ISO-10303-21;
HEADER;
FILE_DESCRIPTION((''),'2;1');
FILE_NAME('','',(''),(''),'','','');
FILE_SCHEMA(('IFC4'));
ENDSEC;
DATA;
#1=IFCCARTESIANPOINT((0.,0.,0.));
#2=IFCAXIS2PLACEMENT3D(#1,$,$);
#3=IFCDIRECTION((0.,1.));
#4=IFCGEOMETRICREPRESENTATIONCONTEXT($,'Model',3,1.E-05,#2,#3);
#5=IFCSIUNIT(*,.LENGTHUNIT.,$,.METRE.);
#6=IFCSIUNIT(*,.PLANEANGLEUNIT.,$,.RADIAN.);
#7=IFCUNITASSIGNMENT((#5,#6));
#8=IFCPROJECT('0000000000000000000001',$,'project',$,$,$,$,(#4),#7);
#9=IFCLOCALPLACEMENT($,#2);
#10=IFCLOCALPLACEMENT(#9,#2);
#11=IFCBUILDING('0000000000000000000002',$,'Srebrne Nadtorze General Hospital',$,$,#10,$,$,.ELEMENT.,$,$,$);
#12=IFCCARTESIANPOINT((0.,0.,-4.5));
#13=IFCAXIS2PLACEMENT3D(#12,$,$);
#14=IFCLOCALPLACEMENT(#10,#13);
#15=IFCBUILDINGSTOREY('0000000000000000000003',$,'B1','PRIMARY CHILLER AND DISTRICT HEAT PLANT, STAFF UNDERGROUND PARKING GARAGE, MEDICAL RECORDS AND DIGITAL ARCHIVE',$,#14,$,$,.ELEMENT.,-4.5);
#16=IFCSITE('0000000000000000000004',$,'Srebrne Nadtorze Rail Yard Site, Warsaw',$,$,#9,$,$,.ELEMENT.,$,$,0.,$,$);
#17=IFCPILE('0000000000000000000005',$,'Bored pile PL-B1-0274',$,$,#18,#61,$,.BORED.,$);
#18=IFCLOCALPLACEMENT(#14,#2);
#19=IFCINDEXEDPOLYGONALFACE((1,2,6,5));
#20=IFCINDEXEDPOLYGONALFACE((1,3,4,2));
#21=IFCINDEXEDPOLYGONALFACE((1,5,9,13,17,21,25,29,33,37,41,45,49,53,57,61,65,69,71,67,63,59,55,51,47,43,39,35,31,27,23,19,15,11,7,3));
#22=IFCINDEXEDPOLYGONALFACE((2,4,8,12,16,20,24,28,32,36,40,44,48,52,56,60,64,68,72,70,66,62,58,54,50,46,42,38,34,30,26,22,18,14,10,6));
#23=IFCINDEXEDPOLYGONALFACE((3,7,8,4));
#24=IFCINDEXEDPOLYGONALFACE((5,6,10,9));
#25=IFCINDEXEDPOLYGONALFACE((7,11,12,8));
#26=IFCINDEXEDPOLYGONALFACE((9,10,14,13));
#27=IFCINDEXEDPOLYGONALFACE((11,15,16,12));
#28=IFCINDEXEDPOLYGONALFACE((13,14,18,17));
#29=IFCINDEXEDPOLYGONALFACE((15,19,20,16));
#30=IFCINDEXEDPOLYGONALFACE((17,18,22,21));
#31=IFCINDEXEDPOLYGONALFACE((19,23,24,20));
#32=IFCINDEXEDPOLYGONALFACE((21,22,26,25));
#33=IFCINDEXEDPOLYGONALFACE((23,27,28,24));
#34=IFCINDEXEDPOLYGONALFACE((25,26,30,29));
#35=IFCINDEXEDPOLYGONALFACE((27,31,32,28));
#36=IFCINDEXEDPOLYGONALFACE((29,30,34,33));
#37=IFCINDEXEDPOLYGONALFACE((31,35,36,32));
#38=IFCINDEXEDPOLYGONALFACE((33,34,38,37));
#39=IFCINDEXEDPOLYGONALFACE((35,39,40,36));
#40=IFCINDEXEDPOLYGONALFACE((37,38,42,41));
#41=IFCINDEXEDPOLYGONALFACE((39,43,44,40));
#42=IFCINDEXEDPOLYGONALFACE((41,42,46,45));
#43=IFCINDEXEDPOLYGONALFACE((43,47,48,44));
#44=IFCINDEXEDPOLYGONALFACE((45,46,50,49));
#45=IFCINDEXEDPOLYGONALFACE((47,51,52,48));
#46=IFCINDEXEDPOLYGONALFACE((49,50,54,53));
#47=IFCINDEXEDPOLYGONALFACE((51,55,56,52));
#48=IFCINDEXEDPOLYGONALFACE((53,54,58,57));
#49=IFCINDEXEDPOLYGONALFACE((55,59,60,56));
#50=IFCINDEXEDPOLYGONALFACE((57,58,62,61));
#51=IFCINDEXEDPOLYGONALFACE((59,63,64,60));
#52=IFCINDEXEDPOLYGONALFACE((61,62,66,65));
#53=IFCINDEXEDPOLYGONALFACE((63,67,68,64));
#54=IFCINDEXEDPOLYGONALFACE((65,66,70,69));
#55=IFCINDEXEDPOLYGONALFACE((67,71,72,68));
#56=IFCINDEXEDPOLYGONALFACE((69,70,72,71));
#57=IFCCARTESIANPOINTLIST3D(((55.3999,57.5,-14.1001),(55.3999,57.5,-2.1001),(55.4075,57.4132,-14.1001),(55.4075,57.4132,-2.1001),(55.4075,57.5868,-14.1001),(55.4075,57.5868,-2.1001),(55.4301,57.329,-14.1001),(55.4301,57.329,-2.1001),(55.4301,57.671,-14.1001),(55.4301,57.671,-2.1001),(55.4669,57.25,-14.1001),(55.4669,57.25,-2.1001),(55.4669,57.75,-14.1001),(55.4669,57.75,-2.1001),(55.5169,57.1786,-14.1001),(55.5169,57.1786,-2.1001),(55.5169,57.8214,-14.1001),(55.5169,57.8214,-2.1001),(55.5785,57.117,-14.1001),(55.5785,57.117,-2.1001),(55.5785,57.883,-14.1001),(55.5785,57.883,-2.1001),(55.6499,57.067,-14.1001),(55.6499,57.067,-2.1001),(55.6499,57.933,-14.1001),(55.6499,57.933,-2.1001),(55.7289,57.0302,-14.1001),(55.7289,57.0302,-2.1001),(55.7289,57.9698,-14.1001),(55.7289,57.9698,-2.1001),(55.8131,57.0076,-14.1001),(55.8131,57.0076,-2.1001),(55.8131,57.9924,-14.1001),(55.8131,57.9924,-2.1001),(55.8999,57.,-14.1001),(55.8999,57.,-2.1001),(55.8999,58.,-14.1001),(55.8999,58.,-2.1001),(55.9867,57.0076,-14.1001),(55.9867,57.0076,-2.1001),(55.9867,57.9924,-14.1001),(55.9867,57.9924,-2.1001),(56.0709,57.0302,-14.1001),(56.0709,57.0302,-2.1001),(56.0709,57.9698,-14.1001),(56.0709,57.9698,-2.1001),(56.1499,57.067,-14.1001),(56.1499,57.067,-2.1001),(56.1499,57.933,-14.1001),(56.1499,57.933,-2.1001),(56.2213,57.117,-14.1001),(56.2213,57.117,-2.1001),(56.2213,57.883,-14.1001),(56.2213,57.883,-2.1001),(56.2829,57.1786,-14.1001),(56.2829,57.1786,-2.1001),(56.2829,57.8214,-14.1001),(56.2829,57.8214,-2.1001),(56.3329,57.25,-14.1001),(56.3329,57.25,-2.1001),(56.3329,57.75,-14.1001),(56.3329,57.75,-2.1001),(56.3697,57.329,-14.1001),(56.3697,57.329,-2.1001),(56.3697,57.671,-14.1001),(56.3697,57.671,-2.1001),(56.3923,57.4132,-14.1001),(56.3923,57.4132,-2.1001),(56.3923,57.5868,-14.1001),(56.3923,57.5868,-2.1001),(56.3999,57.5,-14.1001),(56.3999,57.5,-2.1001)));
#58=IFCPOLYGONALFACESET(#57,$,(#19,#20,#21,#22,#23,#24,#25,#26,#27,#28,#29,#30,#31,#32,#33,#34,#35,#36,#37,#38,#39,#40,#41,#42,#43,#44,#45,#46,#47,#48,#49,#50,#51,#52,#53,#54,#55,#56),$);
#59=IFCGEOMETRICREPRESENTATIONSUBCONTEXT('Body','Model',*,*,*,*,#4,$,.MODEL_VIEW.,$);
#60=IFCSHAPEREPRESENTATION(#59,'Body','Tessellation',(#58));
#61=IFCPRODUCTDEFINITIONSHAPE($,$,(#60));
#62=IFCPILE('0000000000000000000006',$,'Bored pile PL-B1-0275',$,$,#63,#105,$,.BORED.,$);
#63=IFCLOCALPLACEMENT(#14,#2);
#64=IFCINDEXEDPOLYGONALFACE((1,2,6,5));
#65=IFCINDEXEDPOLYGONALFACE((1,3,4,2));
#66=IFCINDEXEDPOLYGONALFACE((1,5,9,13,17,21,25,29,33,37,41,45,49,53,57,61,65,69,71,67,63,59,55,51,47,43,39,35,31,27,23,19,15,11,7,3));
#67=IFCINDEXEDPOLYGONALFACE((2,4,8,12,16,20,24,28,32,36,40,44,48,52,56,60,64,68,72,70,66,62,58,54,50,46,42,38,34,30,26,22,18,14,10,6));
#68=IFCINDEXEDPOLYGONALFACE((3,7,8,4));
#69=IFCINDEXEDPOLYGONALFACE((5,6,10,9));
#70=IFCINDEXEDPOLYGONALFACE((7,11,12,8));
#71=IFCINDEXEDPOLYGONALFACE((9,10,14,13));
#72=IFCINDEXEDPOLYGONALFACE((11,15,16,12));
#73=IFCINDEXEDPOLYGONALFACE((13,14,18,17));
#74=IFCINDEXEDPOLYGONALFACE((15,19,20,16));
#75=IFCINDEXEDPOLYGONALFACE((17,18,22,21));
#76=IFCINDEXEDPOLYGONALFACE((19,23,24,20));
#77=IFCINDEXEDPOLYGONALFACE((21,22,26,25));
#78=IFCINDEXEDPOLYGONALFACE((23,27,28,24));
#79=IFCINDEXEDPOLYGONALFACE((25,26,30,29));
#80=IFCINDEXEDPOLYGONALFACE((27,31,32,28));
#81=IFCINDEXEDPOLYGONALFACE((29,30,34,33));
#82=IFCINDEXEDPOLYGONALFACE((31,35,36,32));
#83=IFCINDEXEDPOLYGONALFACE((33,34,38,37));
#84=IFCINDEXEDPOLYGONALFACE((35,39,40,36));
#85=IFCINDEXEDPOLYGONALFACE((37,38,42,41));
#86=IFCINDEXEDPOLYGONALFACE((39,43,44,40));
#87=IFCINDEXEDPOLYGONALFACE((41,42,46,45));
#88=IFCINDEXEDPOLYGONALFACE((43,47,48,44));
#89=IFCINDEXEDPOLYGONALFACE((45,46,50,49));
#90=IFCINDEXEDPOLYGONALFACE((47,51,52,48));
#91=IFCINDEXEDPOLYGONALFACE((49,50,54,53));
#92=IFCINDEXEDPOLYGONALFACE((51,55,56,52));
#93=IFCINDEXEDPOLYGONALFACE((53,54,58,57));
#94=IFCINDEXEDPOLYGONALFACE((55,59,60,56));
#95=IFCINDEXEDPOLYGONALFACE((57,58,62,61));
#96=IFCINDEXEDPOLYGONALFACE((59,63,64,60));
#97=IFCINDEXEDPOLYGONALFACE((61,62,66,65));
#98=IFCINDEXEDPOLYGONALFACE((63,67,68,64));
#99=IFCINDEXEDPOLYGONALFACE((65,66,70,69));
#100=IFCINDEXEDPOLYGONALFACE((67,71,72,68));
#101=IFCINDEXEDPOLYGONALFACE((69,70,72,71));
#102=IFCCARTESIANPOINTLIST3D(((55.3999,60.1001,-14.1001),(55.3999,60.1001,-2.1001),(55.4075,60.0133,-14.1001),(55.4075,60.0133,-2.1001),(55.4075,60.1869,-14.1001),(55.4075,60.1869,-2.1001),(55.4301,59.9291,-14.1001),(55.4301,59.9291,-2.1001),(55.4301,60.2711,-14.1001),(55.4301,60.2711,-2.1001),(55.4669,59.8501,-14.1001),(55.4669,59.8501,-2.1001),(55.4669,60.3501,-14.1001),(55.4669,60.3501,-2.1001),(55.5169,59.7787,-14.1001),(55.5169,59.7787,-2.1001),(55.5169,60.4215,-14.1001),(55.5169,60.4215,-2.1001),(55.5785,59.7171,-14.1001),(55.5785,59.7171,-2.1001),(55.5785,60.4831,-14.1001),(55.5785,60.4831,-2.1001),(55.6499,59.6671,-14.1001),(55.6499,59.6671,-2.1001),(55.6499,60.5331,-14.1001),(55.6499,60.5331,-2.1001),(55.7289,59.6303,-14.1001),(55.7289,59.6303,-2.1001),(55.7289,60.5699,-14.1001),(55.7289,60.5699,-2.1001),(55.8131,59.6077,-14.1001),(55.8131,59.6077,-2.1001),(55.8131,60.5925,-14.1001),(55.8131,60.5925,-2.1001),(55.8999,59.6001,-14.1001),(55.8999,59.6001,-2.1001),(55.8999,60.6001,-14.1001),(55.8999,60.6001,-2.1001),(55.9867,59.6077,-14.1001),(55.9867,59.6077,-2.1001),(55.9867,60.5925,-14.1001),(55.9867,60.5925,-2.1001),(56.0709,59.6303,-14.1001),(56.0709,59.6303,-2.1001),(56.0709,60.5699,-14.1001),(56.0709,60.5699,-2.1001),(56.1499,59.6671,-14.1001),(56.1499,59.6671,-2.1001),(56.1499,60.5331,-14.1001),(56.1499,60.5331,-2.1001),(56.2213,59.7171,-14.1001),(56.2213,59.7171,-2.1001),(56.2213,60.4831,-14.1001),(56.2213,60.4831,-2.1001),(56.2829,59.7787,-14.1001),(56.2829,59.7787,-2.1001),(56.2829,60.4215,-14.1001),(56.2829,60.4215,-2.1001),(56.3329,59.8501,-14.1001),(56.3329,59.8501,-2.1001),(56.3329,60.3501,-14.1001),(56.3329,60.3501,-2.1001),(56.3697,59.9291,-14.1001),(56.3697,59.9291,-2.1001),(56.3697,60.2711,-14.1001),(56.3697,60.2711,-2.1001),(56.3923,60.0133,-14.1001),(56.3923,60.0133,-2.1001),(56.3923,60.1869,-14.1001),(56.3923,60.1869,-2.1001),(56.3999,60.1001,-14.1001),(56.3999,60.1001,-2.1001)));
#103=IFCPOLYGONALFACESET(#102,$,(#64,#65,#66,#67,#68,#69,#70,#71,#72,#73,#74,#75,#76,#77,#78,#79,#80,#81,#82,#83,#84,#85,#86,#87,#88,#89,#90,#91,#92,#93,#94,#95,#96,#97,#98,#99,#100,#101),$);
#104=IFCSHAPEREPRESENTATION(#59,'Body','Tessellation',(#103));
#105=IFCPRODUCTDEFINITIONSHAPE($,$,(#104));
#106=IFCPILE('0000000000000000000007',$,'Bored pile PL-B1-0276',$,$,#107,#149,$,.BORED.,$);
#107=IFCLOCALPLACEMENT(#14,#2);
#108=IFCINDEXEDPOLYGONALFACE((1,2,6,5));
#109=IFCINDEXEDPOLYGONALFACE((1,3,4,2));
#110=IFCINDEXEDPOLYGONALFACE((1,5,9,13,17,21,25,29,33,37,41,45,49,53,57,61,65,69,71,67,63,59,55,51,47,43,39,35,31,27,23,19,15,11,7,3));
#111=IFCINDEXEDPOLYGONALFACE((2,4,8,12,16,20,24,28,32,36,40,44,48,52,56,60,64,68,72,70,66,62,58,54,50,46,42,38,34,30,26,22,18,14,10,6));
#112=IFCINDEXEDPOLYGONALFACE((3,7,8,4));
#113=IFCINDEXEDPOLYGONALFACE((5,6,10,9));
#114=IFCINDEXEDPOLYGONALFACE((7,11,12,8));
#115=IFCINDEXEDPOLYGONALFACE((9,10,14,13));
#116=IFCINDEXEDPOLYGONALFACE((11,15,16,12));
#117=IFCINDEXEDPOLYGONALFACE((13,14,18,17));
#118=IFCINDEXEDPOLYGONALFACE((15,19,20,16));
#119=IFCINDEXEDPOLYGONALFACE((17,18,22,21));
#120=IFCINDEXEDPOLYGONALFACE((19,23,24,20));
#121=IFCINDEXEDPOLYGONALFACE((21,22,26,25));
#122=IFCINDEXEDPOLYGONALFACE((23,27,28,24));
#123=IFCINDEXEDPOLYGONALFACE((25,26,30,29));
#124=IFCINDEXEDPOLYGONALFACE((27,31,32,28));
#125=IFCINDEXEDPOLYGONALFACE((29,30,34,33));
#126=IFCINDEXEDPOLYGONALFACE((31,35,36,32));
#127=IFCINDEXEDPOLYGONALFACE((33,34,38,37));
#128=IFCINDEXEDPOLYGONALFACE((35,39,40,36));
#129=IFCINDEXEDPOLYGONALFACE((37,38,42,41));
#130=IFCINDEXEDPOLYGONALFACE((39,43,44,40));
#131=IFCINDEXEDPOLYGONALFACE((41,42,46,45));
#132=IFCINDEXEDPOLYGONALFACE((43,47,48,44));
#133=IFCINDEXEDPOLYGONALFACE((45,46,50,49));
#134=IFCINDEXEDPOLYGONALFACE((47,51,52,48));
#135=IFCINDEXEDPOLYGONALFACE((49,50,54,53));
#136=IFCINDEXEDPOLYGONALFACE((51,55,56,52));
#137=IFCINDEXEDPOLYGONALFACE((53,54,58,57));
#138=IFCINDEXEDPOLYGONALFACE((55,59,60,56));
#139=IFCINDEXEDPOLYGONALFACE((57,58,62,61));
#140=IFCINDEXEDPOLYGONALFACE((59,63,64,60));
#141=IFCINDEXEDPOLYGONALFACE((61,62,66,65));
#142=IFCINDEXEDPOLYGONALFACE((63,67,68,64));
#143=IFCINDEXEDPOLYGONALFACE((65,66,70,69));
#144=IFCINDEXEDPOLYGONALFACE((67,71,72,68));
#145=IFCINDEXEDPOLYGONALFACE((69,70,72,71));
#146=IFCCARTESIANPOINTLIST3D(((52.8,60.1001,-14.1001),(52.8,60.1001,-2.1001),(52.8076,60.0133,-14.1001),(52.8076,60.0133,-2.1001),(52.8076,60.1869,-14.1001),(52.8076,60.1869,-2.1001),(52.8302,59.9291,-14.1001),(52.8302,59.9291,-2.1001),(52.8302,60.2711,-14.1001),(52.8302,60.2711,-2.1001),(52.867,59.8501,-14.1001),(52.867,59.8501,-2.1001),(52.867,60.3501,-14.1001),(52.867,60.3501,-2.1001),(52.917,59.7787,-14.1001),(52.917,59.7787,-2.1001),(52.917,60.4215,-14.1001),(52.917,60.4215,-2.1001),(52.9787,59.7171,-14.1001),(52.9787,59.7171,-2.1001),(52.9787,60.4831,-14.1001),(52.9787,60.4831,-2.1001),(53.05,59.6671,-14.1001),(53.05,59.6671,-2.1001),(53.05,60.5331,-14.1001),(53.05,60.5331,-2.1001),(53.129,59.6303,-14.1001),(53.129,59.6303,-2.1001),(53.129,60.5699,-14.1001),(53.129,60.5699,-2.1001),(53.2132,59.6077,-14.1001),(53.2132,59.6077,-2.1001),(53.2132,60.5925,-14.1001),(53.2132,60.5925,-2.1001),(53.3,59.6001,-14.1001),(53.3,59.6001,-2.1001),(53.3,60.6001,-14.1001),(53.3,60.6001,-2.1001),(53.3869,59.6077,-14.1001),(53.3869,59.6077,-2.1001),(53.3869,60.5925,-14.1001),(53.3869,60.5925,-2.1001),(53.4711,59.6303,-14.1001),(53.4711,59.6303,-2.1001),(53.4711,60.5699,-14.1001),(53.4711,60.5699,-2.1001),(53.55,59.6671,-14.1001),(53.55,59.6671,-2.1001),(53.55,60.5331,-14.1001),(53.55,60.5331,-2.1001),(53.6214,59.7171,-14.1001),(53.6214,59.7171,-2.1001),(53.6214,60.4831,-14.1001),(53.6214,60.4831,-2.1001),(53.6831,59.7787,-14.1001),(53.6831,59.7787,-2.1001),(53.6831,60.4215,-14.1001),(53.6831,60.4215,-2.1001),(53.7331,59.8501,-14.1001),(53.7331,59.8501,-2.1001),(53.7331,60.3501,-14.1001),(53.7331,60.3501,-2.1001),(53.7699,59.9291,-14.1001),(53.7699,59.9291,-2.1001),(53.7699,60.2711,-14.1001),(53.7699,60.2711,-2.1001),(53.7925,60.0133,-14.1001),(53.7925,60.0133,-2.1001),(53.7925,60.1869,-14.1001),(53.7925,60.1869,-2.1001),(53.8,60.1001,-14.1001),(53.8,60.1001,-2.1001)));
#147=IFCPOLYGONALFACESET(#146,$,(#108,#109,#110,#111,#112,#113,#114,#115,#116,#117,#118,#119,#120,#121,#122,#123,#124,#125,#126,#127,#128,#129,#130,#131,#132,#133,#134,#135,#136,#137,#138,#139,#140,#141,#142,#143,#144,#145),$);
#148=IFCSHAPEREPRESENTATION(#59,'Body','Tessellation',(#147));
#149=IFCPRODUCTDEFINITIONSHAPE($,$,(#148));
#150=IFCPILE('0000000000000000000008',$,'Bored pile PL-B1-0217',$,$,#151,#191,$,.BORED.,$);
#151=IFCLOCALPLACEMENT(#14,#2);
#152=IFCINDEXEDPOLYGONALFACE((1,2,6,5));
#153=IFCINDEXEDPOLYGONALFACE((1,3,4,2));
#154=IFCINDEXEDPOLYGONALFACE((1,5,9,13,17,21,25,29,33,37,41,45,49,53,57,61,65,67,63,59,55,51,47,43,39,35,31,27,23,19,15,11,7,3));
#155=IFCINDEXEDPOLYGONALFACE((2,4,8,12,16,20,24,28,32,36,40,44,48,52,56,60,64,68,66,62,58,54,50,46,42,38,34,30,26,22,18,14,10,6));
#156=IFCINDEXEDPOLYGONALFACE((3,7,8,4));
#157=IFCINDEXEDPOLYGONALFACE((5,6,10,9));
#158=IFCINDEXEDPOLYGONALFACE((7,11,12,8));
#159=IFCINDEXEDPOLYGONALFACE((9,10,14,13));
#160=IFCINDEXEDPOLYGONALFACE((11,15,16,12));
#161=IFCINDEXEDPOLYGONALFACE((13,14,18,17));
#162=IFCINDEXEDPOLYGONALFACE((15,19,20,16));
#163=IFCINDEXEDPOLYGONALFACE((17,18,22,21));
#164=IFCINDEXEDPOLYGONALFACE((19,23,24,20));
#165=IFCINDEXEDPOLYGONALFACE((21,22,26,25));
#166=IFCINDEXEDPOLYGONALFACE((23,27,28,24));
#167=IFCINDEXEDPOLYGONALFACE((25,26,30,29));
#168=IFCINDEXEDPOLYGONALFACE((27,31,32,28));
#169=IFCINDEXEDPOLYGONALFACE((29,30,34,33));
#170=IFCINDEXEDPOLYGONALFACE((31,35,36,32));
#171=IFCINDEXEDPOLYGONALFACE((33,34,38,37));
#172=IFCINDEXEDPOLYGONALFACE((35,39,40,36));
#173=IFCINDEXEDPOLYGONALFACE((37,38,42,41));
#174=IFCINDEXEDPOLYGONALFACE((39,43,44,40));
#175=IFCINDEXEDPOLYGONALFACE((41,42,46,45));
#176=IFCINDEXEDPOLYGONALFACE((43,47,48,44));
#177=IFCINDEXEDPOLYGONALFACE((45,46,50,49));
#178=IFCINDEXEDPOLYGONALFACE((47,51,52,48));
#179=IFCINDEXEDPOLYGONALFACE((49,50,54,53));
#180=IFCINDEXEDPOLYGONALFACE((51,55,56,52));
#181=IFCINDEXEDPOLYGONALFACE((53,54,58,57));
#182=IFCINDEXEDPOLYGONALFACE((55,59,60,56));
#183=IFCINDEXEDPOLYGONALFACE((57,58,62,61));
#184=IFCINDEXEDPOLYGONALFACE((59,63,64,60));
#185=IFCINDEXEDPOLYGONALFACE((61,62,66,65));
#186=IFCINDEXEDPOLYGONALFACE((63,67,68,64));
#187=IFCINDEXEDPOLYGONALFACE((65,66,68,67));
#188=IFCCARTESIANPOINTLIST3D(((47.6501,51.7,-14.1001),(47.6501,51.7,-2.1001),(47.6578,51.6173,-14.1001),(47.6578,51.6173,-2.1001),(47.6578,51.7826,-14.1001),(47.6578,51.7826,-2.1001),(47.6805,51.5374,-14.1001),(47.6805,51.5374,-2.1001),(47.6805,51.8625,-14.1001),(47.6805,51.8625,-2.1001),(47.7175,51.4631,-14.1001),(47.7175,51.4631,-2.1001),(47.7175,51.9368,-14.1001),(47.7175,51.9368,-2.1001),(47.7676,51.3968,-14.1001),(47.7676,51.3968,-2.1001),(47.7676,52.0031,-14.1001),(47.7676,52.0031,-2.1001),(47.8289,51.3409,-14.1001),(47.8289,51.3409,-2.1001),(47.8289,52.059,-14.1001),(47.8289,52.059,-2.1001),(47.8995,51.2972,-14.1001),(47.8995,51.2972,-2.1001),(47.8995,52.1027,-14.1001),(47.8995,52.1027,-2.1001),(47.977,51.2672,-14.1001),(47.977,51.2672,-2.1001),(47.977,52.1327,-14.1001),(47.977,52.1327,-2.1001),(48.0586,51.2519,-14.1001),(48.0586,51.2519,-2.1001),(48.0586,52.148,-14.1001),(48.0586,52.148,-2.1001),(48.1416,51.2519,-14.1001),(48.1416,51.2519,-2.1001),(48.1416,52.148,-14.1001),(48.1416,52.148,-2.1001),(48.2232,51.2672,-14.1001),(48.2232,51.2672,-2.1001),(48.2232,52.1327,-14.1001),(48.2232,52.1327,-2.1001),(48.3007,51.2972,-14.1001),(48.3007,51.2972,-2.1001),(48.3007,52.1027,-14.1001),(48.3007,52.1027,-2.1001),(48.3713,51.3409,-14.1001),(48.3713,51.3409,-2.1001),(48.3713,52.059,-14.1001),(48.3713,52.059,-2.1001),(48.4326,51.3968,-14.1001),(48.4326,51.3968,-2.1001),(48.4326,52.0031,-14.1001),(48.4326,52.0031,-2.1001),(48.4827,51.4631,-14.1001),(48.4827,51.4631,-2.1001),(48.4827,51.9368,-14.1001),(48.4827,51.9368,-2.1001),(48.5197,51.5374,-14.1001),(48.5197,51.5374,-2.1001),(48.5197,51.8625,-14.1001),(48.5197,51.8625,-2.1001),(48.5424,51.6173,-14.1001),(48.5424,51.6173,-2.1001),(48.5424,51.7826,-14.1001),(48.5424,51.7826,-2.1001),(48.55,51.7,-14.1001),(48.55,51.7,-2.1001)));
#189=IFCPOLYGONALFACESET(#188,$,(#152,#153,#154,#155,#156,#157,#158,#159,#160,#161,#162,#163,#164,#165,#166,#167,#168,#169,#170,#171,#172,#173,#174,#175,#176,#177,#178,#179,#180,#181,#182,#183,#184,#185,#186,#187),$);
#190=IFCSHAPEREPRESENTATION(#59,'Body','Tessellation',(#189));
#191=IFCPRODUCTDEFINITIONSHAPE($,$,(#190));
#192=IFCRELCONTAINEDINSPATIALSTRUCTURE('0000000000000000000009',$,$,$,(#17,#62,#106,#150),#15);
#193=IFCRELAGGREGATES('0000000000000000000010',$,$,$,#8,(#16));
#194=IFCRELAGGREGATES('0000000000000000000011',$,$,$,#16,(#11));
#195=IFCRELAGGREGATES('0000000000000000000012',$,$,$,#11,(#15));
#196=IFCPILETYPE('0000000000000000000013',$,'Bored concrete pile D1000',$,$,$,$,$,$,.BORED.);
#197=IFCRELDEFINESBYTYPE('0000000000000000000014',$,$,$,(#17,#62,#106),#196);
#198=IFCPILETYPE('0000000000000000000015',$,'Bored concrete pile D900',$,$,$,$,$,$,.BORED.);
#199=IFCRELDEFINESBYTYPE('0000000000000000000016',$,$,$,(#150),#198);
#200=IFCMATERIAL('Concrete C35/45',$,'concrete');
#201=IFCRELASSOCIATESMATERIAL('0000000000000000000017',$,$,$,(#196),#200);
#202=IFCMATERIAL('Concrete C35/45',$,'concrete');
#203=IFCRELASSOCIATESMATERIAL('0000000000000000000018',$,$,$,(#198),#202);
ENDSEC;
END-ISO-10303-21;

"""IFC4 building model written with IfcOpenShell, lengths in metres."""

from ifc_helpers import new_model, si_unit, direction, frame, origin, origin_2d, place, context, subcontext, project, spatial, circle, extrude, material, material_profile, profile_set, type_object, element, save


model = new_model("IFC4")

# Units and contexts
model_context = context("Model", 3, precision=1e-05, world=origin(), true_north=direction((0.0, 1.0)))
body_context = subcontext(model_context, "Body", "Model", "MODEL_VIEW")
ifc_project = project(units=[si_unit("LENGTHUNIT", "METRE"), si_unit("PLANEANGLEUNIT", "RADIAN")], contexts=[model_context])

# Site, building, storey
site_placement = place(None, origin())
site = spatial("IfcSite", under=ifc_project, at=site_placement, Name="Srebrne Nadtorze Rail Yard Site, Warsaw", CompositionType="ELEMENT", RefElevation=0.0)
building_placement = place(site_placement, origin())
building = spatial("IfcBuilding", under=site, at=building_placement, Name="Srebrne Nadtorze General Hospital", CompositionType="ELEMENT")
storey_placement = place(building_placement, frame((0.0, 0.0, -4.5)))
storey = spatial("IfcBuildingStorey", under=building, at=storey_placement, Name="B1", Description="PRIMARY CHILLER AND DISTRICT HEAT PLANT, STAFF UNDERGROUND PARKING GARAGE, MEDICAL RECORDS AND DIGITAL ARCHIVE", CompositionType="ELEMENT", Elevation=-4.5)

# Piles
ifc_material_1 = material(Name="Concrete C35/45", Category="concrete")
ifc_material_profile_1 = material_profile(ifc_material_1, circle(Radius=0.5, at=origin_2d()), Name="PILE-D1000")
ifc_profile_set_1 = profile_set([ifc_material_profile_1], Name="Concrete C35/45")
pile_type_1 = type_object("IfcPileType", Name="Bored concrete pile D1000", PredefinedType="BORED", material=ifc_profile_set_1)
for number, where, z_axis, x_axis, name in (
    (1, (55.8999, 57.5, -2.1001), (0.0, 0.0, -1.0), (1.0, 0.0, 0.0), "Bored pile PL-B1-0274"),
    (2, (55.8999, 60.1001, -2.1001), (0.0, 0.0, -1.0), (1.0, 0.0, 0.0), "Bored pile PL-B1-0275"),
    (3, (53.3, 60.1001, -2.1001), (0.0, 0.0, -1.0), (1.0, 0.0, 0.0), "Bored pile PL-B1-0276"),
):
    element("IfcPile", number, at=place(storey_placement, frame(where, z_axis=z_axis, x_axis=x_axis)), inside=storey, type_object=pile_type_1, Name=name, PredefinedType="BORED", context=body_context, shape_type="SweptSolid", body=[
        extrude(circle(Radius=0.5, at=origin_2d()), origin(), (0.0, 0.0, 1.0), 12.0),
    ])
ifc_material_2 = material(Name="Concrete C35/45", Category="concrete")
ifc_material_profile_2 = material_profile(ifc_material_2, circle(Radius=0.45, at=origin_2d()), Name="PILE-D900")
ifc_profile_set_2 = profile_set([ifc_material_profile_2], Name="Concrete C35/45")
pile_type_2 = type_object("IfcPileType", Name="Bored concrete pile D900", PredefinedType="BORED", material=ifc_profile_set_2)
for number, where, z_axis, x_axis, name in (
    (4, (48.1001, 51.7, -2.1001), (0.0, 0.0, -1.0), (1.0, 0.0, 0.0), "Bored pile PL-B1-0217"),
):
    element("IfcPile", number, at=place(storey_placement, frame(where, z_axis=z_axis, x_axis=x_axis)), inside=storey, type_object=pile_type_2, Name=name, PredefinedType="BORED", context=body_context, shape_type="SweptSolid", body=[
        extrude(circle(Radius=0.45, at=origin_2d()), origin(), (0.0, 0.0, 1.0), 12.0),
    ])

save(model, "model.ifc")
